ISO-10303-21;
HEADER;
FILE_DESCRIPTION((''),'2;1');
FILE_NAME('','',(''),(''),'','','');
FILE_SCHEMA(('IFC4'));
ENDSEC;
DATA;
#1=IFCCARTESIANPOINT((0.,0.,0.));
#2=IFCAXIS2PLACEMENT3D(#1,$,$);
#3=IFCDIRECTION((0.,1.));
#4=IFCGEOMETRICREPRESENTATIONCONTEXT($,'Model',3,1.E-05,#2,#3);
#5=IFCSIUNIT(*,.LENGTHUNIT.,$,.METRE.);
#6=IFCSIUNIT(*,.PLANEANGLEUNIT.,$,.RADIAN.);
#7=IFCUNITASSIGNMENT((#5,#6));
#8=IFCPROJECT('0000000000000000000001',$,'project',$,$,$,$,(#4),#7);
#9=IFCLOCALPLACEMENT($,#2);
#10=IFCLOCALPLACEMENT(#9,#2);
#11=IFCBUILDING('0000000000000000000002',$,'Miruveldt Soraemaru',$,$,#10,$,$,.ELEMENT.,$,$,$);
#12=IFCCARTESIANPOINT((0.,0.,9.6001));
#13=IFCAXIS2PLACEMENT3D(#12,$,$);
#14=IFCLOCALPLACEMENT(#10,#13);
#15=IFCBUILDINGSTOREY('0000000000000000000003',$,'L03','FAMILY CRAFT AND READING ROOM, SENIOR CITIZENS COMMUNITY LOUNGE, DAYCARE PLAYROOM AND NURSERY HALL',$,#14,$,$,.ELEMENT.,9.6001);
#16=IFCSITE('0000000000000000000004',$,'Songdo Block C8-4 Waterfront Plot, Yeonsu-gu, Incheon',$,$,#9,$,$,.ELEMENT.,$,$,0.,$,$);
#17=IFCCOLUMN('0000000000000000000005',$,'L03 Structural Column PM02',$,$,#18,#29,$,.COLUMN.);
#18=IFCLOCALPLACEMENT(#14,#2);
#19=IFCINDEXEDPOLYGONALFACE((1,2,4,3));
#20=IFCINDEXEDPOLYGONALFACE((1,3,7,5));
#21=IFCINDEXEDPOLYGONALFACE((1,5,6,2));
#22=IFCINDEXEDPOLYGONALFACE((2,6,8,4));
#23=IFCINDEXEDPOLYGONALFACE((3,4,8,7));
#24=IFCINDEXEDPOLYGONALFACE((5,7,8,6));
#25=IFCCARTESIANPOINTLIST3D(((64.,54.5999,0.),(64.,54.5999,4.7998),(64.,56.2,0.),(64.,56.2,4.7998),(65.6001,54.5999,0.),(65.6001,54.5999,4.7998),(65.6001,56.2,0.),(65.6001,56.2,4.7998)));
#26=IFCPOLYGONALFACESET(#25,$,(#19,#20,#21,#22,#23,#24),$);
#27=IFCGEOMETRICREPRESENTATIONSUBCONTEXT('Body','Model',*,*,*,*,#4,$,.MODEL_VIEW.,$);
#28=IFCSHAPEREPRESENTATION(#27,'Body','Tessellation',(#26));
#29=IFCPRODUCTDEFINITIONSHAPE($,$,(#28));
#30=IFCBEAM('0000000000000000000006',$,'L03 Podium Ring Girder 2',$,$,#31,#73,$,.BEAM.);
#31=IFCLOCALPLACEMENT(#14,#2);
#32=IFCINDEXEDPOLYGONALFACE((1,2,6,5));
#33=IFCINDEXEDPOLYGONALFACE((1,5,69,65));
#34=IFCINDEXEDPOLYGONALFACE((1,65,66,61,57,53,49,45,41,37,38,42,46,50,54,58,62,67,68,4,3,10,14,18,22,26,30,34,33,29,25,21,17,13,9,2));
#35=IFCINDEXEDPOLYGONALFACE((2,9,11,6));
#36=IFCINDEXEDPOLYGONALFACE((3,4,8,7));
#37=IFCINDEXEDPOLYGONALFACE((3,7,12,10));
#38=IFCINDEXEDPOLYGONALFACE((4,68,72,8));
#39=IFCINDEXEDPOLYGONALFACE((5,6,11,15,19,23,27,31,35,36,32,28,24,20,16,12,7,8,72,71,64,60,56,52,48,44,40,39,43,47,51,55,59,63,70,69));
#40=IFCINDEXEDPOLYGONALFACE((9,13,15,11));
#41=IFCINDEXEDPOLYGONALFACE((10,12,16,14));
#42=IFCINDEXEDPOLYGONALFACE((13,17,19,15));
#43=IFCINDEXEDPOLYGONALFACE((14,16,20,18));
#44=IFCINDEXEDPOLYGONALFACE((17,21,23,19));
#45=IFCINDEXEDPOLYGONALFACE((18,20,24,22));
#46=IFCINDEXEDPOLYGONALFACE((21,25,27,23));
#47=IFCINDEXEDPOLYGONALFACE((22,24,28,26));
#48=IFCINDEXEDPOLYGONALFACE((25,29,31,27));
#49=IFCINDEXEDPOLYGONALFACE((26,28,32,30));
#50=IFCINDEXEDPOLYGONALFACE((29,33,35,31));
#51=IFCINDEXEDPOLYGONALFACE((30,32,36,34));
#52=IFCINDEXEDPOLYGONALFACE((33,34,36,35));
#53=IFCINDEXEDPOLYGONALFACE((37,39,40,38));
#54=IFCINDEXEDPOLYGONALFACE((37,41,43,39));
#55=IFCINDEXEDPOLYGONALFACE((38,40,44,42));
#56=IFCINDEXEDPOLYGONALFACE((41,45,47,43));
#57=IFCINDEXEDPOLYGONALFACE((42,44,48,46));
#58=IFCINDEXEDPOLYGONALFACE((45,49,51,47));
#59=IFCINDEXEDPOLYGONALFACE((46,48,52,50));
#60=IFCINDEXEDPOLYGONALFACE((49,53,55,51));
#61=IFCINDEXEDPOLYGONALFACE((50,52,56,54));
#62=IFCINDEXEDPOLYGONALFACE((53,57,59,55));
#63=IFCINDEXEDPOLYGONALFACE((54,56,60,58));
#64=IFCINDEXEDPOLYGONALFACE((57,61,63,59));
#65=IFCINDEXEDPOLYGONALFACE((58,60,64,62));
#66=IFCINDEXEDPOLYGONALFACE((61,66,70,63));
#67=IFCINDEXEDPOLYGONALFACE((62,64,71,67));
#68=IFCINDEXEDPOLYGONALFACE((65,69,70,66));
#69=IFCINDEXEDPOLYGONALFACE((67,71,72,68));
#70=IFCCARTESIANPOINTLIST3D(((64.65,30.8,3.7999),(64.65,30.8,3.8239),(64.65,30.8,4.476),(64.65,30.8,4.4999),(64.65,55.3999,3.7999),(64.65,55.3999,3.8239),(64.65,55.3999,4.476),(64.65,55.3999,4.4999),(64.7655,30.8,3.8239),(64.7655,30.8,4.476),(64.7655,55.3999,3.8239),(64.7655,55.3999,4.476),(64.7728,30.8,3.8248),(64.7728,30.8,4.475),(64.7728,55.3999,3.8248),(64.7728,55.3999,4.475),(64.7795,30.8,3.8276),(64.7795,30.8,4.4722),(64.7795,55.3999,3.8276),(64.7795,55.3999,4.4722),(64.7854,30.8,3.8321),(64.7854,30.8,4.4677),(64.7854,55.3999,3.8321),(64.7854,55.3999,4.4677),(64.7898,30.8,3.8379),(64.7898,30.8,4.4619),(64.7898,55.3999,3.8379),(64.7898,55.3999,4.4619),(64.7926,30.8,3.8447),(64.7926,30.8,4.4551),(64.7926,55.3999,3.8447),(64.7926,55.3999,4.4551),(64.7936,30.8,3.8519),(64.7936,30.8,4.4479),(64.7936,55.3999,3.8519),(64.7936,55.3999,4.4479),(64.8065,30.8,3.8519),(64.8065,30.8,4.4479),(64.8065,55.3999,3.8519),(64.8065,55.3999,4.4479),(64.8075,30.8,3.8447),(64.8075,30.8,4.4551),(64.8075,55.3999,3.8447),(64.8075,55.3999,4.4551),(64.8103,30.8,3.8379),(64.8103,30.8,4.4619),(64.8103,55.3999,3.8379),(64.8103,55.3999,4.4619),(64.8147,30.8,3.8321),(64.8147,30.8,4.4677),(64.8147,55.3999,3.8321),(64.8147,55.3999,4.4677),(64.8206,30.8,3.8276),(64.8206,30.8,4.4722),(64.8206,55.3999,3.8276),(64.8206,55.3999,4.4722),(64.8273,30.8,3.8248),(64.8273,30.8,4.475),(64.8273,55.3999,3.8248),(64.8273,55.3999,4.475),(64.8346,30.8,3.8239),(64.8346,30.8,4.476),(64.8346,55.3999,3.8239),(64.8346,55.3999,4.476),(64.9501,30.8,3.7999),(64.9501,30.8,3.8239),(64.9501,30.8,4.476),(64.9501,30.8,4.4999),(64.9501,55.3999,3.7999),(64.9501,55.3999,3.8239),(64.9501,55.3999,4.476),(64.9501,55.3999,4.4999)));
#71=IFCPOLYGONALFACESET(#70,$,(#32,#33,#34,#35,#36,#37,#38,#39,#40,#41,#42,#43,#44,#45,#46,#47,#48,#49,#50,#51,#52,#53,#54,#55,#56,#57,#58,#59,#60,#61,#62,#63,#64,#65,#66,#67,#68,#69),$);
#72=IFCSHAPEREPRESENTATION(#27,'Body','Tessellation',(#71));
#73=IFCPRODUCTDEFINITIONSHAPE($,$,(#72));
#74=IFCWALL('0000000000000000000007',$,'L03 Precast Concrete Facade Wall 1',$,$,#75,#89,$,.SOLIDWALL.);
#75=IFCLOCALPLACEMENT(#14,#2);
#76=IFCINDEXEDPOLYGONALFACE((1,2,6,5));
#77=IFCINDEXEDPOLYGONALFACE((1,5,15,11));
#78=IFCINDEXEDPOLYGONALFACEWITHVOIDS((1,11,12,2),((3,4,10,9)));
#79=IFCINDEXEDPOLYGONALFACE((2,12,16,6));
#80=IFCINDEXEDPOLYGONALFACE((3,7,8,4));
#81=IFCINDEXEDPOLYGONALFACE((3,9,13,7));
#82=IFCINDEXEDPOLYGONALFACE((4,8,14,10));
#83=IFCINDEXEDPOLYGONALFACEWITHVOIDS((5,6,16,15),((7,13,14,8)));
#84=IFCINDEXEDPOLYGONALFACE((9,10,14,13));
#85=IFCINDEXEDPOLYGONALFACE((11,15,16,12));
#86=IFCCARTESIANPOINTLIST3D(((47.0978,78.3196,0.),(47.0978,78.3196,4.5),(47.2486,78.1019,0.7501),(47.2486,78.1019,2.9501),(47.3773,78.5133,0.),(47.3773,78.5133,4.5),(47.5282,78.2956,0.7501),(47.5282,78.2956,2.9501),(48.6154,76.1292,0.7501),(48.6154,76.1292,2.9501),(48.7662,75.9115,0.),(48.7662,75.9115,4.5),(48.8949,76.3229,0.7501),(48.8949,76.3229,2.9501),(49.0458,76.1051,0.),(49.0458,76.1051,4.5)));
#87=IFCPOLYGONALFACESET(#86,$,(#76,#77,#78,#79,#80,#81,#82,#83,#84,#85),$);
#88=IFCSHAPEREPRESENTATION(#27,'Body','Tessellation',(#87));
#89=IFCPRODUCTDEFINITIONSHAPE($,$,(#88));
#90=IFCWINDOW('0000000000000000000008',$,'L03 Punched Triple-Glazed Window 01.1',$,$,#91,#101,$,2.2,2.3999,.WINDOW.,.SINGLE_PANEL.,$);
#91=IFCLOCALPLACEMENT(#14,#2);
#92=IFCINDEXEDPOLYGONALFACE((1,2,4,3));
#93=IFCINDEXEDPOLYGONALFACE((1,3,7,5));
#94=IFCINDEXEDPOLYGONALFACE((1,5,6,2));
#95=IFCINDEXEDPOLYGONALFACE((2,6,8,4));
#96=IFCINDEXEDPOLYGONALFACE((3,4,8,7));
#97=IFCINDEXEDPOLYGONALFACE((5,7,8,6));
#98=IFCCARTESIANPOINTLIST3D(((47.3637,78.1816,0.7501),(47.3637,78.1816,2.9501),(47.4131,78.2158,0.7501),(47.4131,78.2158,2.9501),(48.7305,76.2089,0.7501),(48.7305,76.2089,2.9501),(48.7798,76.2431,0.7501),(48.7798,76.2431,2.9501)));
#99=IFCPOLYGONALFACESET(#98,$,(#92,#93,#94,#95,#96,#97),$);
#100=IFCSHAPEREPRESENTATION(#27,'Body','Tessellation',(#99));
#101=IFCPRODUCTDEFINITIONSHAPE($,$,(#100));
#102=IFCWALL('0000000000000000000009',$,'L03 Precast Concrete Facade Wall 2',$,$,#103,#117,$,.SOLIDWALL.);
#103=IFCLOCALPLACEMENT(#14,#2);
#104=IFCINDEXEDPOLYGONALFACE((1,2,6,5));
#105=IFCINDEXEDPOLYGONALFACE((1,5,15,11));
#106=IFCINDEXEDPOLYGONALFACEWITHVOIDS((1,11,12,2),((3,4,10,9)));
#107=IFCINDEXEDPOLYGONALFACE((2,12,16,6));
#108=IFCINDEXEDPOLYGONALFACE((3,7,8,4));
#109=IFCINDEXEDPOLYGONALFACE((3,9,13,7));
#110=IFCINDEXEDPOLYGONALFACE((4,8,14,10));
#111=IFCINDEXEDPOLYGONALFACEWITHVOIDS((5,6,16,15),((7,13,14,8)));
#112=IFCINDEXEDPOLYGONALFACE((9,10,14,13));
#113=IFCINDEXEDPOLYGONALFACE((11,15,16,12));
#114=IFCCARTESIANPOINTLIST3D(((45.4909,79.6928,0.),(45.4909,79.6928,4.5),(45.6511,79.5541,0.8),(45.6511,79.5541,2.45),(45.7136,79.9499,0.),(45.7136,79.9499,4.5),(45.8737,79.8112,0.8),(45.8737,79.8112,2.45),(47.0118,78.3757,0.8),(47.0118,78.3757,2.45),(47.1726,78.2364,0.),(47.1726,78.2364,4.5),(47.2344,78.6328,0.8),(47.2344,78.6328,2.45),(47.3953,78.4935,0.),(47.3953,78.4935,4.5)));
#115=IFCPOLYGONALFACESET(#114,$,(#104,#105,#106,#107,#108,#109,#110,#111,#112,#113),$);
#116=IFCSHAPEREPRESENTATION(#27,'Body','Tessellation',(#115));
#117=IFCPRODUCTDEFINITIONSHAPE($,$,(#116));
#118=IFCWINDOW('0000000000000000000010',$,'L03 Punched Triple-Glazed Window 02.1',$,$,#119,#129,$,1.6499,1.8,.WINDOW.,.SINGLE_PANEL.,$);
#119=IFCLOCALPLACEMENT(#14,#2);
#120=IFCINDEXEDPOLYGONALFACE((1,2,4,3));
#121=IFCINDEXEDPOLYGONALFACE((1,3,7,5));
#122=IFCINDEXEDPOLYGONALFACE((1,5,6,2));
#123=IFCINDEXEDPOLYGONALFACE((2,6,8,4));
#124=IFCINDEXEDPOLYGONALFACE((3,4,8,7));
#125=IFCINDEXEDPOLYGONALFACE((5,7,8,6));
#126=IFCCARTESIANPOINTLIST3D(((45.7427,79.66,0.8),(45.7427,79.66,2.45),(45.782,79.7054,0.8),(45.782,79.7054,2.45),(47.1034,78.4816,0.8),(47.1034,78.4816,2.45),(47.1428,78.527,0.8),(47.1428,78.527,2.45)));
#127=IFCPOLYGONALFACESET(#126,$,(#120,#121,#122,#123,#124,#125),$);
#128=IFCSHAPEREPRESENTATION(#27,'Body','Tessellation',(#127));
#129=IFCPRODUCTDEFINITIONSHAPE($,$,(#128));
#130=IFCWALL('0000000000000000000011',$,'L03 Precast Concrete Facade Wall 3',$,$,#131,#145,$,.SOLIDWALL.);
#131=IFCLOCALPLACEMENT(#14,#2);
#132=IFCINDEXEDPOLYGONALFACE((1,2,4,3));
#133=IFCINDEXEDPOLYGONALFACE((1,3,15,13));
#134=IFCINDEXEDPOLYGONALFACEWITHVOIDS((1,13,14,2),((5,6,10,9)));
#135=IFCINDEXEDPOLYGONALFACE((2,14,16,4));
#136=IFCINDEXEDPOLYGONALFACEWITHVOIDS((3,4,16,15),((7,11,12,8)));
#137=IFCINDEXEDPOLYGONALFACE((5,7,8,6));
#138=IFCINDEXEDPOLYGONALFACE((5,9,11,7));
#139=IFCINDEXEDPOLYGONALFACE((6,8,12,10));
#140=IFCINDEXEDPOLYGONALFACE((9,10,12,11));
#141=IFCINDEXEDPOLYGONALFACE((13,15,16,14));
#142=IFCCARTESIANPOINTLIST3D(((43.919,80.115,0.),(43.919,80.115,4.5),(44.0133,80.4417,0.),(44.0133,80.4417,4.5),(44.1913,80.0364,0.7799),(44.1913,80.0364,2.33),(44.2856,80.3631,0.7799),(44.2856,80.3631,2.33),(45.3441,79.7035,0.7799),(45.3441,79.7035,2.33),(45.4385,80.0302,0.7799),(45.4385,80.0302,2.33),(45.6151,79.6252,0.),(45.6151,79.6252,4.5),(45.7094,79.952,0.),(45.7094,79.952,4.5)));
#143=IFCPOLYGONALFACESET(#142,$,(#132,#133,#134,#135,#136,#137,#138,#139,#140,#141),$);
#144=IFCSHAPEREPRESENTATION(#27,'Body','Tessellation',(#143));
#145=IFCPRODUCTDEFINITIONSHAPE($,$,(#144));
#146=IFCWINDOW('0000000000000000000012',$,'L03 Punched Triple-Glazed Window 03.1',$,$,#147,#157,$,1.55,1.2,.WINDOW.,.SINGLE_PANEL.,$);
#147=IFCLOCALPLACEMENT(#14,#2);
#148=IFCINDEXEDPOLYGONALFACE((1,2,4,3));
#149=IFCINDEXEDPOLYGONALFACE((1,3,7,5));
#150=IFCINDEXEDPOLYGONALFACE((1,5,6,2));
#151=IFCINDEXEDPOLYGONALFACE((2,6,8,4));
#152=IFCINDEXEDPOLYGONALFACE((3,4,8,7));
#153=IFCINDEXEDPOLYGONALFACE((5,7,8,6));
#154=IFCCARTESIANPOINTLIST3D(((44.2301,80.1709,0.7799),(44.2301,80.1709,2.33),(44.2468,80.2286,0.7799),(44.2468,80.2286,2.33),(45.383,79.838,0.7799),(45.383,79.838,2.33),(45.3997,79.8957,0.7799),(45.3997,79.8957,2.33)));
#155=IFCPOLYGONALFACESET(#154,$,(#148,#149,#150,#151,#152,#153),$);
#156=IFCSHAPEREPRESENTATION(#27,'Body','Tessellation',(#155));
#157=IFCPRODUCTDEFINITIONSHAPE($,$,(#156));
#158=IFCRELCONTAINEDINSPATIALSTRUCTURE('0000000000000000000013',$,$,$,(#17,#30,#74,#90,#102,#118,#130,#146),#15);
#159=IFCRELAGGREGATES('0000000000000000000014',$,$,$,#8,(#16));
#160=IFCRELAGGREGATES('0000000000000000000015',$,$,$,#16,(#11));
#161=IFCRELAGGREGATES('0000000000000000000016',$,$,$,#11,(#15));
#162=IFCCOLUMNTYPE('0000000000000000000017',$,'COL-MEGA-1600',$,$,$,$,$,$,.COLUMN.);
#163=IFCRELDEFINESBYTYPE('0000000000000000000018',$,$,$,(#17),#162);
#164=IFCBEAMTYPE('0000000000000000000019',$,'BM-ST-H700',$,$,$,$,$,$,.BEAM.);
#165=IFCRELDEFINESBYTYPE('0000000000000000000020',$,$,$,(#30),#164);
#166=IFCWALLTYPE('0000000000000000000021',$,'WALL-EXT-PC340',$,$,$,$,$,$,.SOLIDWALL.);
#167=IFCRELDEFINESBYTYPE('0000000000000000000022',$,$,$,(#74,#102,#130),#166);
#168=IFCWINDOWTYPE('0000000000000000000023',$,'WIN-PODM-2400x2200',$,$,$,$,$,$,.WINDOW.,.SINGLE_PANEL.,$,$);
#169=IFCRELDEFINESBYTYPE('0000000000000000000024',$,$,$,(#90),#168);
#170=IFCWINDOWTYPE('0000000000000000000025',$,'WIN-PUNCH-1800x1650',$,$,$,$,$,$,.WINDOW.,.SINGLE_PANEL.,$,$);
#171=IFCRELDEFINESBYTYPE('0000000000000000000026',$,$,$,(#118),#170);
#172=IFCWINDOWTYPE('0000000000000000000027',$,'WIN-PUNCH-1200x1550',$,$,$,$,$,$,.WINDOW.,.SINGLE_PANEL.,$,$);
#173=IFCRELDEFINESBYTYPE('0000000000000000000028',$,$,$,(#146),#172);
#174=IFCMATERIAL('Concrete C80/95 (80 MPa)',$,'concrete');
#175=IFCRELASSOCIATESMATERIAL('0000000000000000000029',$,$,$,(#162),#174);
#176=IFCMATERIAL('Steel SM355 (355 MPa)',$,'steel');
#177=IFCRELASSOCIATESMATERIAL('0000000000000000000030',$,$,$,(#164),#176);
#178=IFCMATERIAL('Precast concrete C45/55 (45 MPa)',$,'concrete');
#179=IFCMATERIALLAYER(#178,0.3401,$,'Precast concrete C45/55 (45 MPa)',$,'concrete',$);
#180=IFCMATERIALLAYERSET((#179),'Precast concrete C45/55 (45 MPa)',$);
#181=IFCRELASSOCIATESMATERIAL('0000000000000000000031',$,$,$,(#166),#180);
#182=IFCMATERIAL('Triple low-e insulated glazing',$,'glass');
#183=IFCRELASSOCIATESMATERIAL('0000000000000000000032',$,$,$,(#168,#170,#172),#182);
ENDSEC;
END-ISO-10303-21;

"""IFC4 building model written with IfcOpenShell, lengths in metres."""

from ifc_helpers import new_model, si_unit, direction, frame, frame_2d, origin, origin_2d, place, context, subcontext, project, spatial, rectangle, i_section, extrude, material, layer, layer_set, material_profile, profile_set, type_object, element, fill, save


model = new_model("IFC4")

# Units and contexts
model_context = context("Model", 3, precision=1e-05, world=origin(), true_north=direction((0.0, 1.0)))
body_context = subcontext(model_context, "Body", "Model", "MODEL_VIEW")
ifc_project = project(units=[si_unit("LENGTHUNIT", "METRE"), si_unit("PLANEANGLEUNIT", "RADIAN")], contexts=[model_context])

# Site, building, storey
site_placement = place(None, origin())
site = spatial("IfcSite", under=ifc_project, at=site_placement, Name="Songdo Block C8-4 Waterfront Plot, Yeonsu-gu, Incheon", CompositionType="ELEMENT", RefElevation=0.0)
building_placement = place(site_placement, origin())
building = spatial("IfcBuilding", under=site, at=building_placement, Name="Miruveldt Soraemaru", CompositionType="ELEMENT")
storey_placement = place(building_placement, frame((0.0, 0.0, 9.6001)))
storey = spatial("IfcBuildingStorey", under=building, at=storey_placement, Name="L03", Description="FAMILY CRAFT AND READING ROOM, SENIOR CITIZENS COMMUNITY LOUNGE, DAYCARE PLAYROOM AND NURSERY HALL", CompositionType="ELEMENT", Elevation=9.6001)

# Column
ifc_material_1 = material(Name="Concrete C80/95 (80 MPa)", Category="concrete")
ifc_material_profile_1 = material_profile(ifc_material_1, rectangle(XDim=1.6001, YDim=1.6001, at=origin_2d()), Name="Concrete C80/95 (80 MPa)", Category="concrete")
ifc_profile_set_1 = profile_set([ifc_material_profile_1], Name="Concrete C80/95 (80 MPa)")
column_type = type_object("IfcColumnType", Name="COL-MEGA-1600", PredefinedType="COLUMN", material=ifc_profile_set_1)
column_placement = place(storey_placement, frame((64.8, 55.3999, 0.0), z_axis=(0.0, 0.0, 1.0), x_axis=(1.0, 0.0, 0.0)))
element("IfcColumn", 1, at=column_placement, inside=storey, type_object=column_type, Name="L03 Structural Column PM02", PredefinedType="COLUMN", context=body_context, shape_type="SweptSolid", body=[
    extrude(rectangle(XDim=1.6001, YDim=1.6001, at=origin_2d()), origin(), (0.0, 0.0, 1.0), 4.7998),
])

# Beam
ifc_material_2 = material(Name="Steel SM355 (355 MPa)", Category="steel")
ifc_material_profile_2 = material_profile(ifc_material_2, i_section(OverallWidth=0.3, OverallDepth=0.7, WebThickness=0.0129, FlangeThickness=0.0239, FilletRadius=0.0281, at=origin_2d()), Name="Steel SM355 (355 MPa)", Category="steel")
ifc_profile_set_2 = profile_set([ifc_material_profile_2], Name="Steel SM355 (355 MPa)")
beam_type = type_object("IfcBeamType", Name="BM-ST-H700", PredefinedType="BEAM", material=ifc_profile_set_2)
beam_placement = place(storey_placement, frame((64.8, 55.3999, 4.1499), z_axis=(0.0, -1.0, 0.0), x_axis=(1.0, 0.0, 0.0)))
element("IfcBeam", 2, at=beam_placement, inside=storey, type_object=beam_type, Name="L03 Podium Ring Girder 2", PredefinedType="BEAM", context=body_context, shape_type="SweptSolid", body=[
    extrude(i_section(OverallWidth=0.3, OverallDepth=0.7, WebThickness=0.0129, FlangeThickness=0.0239, FilletRadius=0.0281, at=origin_2d()), origin(), (0.0, 0.0, 1.0), 24.5999),
])

# Walls, openings, windows
ifc_material_3 = material(Name="Precast concrete C45/55 (45 MPa)", Category="concrete")
ifc_layer = layer(ifc_material_3, 0.3401, Name="Precast concrete C45/55 (45 MPa)", Category="concrete")
ifc_layer_set = layer_set([ifc_layer], Name="Precast concrete C45/55 (45 MPa)")
wall_type = type_object("IfcWallType", Name="WALL-EXT-PC340", PredefinedType="SOLIDWALL", material=ifc_layer_set)
wall_1_placement = place(storey_placement, frame((48.906, 76.0083, 0.0), z_axis=(0.0, 0.0, 1.0), x_axis=(-0.569496, 0.821994, 0.0)))
wall_1 = element("IfcWall", 3, at=wall_1_placement, inside=storey, type_object=wall_type, Name="L03 Precast Concrete Facade Wall 1", PredefinedType="SOLIDWALL", context=body_context, shape_type="SweptSolid", body=[
    extrude(rectangle(XDim=2.9297, YDim=0.3401, at=frame_2d((1.4648, 0.0))), origin(), (0.0, 0.0, 1.0), 4.5),
])
opening_1_placement = place(wall_1_placement, frame((0.2649, 0.0, 0.75)))
opening_1 = element("IfcOpeningElement", 4, at=opening_1_placement, cuts=wall_1, PredefinedType="OPENING", context=body_context, shape_type="SweptSolid", body=[
    extrude(rectangle(XDim=2.3999, YDim=2.2, at=frame_2d((1.2, 1.1001))), frame((0.0, 0.1802, 0.0), z_axis=(0.0, -1.0, 0.0), x_axis=(1.0, 0.0, 0.0)), (0.0, 0.0, 1.0), 0.3601),
])
ifc_material_4 = material(Name="Triple low-e insulated glazing", Category="glass")
window_type_1 = type_object("IfcWindowType", Name="WIN-PODM-2400x2200", PartitioningType="SINGLE_PANEL", PredefinedType="WINDOW", material=ifc_material_4)
window_1_placement = place(opening_1_placement, origin())
window_1 = element("IfcWindow", 5, at=window_1_placement, inside=storey, type_object=window_type_1, Name="L03 Punched Triple-Glazed Window 01.1", OverallHeight=2.2, OverallWidth=2.3999, PartitioningType="SINGLE_PANEL", PredefinedType="WINDOW", context=body_context, shape_type="SweptSolid", body=[
    extrude(rectangle(XDim=2.3999, YDim=2.2, at=frame_2d((1.2, 1.1001))), frame((0.0, 0.03, 0.0), z_axis=(0.0, -1.0, 0.0), x_axis=(1.0, 0.0, 0.0)), (0.0, 0.0, 1.0), 0.0601),
])
fill(opening_1, window_1)
wall_2_placement = place(storey_placement, frame((47.2839, 78.365, 0.0), z_axis=(0.0, 0.0, 1.0), x_axis=(-0.755939, 0.654642, 0.0)))
wall_2 = element("IfcWall", 6, at=wall_2_placement, inside=storey, type_object=wall_type, Name="L03 Precast Concrete Facade Wall 2", PredefinedType="SOLIDWALL", context=body_context, shape_type="SweptSolid", body=[
    extrude(rectangle(XDim=2.2246, YDim=0.3401, at=frame_2d((1.1123, 0.0))), origin(), (0.0, 0.0, 1.0), 4.5),
])
opening_2_placement = place(wall_2_placement, frame((0.2129, 0.0, 0.8)))
opening_2 = element("IfcOpeningElement", 7, at=opening_2_placement, cuts=wall_2, PredefinedType="OPENING", context=body_context, shape_type="SweptSolid", body=[
    extrude(rectangle(XDim=1.8, YDim=1.6499, at=frame_2d((0.8999, 0.825))), frame((0.0, 0.1802, 0.0), z_axis=(0.0, -1.0, 0.0), x_axis=(1.0, 0.0, 0.0)), (0.0, 0.0, 1.0), 0.3601),
])
window_type_2 = type_object("IfcWindowType", Name="WIN-PUNCH-1800x1650", PartitioningType="SINGLE_PANEL", PredefinedType="WINDOW", material=ifc_material_4)
window_2_placement = place(opening_2_placement, origin())
window_2 = element("IfcWindow", 8, at=window_2_placement, inside=storey, type_object=window_type_2, Name="L03 Punched Triple-Glazed Window 02.1", OverallHeight=1.6499, OverallWidth=1.8, PartitioningType="SINGLE_PANEL", PredefinedType="WINDOW", context=body_context, shape_type="SweptSolid", body=[
    extrude(rectangle(XDim=1.8, YDim=1.6499, at=frame_2d((0.8999, 0.825))), frame((0.0, 0.03, 0.0), z_axis=(0.0, -1.0, 0.0), x_axis=(1.0, 0.0, 0.0)), (0.0, 0.0, 1.0), 0.0601),
])
fill(opening_2, window_2)
wall_3_placement = place(storey_placement, frame((45.6624, 79.7886, 0.0), z_axis=(0.0, 0.0, 1.0), x_axis=(-0.960748, 0.277423, 0.0)))
wall_3 = element("IfcWall", 9, at=wall_3_placement, inside=storey, type_object=wall_type, Name="L03 Precast Concrete Facade Wall 3", PredefinedType="SOLIDWALL", context=body_context, shape_type="SweptSolid", body=[
    extrude(rectangle(XDim=1.7654, YDim=0.3401, at=frame_2d((0.8828, 0.0))), origin(), (0.0, 0.0, 1.0), 4.5),
])
opening_3_placement = place(wall_3_placement, frame((0.282, 0.0, 0.78)))
opening_3 = element("IfcOpeningElement", 10, at=opening_3_placement, cuts=wall_3, PredefinedType="OPENING", context=body_context, shape_type="SweptSolid", body=[
    extrude(rectangle(XDim=1.2, YDim=1.55, at=frame_2d((0.6001, 0.7749))), frame((0.0, 0.1802, 0.0), z_axis=(0.0, -1.0, 0.0), x_axis=(1.0, 0.0, 0.0)), (0.0, 0.0, 1.0), 0.3601),
])
window_type_3 = type_object("IfcWindowType", Name="WIN-PUNCH-1200x1550", PartitioningType="SINGLE_PANEL", PredefinedType="WINDOW", material=ifc_material_4)
window_3_placement = place(opening_3_placement, origin())
window_3 = element("IfcWindow", 11, at=window_3_placement, inside=storey, type_object=window_type_3, Name="L03 Punched Triple-Glazed Window 03.1", OverallHeight=1.55, OverallWidth=1.2, PartitioningType="SINGLE_PANEL", PredefinedType="WINDOW", context=body_context, shape_type="SweptSolid", body=[
    extrude(rectangle(XDim=1.2, YDim=1.55, at=frame_2d((0.6001, 0.7749))), frame((0.0, 0.03, 0.0), z_axis=(0.0, -1.0, 0.0), x_axis=(1.0, 0.0, 0.0)), (0.0, 0.0, 1.0), 0.0601),
])
fill(opening_3, window_3)

save(model, "model.ifc")
